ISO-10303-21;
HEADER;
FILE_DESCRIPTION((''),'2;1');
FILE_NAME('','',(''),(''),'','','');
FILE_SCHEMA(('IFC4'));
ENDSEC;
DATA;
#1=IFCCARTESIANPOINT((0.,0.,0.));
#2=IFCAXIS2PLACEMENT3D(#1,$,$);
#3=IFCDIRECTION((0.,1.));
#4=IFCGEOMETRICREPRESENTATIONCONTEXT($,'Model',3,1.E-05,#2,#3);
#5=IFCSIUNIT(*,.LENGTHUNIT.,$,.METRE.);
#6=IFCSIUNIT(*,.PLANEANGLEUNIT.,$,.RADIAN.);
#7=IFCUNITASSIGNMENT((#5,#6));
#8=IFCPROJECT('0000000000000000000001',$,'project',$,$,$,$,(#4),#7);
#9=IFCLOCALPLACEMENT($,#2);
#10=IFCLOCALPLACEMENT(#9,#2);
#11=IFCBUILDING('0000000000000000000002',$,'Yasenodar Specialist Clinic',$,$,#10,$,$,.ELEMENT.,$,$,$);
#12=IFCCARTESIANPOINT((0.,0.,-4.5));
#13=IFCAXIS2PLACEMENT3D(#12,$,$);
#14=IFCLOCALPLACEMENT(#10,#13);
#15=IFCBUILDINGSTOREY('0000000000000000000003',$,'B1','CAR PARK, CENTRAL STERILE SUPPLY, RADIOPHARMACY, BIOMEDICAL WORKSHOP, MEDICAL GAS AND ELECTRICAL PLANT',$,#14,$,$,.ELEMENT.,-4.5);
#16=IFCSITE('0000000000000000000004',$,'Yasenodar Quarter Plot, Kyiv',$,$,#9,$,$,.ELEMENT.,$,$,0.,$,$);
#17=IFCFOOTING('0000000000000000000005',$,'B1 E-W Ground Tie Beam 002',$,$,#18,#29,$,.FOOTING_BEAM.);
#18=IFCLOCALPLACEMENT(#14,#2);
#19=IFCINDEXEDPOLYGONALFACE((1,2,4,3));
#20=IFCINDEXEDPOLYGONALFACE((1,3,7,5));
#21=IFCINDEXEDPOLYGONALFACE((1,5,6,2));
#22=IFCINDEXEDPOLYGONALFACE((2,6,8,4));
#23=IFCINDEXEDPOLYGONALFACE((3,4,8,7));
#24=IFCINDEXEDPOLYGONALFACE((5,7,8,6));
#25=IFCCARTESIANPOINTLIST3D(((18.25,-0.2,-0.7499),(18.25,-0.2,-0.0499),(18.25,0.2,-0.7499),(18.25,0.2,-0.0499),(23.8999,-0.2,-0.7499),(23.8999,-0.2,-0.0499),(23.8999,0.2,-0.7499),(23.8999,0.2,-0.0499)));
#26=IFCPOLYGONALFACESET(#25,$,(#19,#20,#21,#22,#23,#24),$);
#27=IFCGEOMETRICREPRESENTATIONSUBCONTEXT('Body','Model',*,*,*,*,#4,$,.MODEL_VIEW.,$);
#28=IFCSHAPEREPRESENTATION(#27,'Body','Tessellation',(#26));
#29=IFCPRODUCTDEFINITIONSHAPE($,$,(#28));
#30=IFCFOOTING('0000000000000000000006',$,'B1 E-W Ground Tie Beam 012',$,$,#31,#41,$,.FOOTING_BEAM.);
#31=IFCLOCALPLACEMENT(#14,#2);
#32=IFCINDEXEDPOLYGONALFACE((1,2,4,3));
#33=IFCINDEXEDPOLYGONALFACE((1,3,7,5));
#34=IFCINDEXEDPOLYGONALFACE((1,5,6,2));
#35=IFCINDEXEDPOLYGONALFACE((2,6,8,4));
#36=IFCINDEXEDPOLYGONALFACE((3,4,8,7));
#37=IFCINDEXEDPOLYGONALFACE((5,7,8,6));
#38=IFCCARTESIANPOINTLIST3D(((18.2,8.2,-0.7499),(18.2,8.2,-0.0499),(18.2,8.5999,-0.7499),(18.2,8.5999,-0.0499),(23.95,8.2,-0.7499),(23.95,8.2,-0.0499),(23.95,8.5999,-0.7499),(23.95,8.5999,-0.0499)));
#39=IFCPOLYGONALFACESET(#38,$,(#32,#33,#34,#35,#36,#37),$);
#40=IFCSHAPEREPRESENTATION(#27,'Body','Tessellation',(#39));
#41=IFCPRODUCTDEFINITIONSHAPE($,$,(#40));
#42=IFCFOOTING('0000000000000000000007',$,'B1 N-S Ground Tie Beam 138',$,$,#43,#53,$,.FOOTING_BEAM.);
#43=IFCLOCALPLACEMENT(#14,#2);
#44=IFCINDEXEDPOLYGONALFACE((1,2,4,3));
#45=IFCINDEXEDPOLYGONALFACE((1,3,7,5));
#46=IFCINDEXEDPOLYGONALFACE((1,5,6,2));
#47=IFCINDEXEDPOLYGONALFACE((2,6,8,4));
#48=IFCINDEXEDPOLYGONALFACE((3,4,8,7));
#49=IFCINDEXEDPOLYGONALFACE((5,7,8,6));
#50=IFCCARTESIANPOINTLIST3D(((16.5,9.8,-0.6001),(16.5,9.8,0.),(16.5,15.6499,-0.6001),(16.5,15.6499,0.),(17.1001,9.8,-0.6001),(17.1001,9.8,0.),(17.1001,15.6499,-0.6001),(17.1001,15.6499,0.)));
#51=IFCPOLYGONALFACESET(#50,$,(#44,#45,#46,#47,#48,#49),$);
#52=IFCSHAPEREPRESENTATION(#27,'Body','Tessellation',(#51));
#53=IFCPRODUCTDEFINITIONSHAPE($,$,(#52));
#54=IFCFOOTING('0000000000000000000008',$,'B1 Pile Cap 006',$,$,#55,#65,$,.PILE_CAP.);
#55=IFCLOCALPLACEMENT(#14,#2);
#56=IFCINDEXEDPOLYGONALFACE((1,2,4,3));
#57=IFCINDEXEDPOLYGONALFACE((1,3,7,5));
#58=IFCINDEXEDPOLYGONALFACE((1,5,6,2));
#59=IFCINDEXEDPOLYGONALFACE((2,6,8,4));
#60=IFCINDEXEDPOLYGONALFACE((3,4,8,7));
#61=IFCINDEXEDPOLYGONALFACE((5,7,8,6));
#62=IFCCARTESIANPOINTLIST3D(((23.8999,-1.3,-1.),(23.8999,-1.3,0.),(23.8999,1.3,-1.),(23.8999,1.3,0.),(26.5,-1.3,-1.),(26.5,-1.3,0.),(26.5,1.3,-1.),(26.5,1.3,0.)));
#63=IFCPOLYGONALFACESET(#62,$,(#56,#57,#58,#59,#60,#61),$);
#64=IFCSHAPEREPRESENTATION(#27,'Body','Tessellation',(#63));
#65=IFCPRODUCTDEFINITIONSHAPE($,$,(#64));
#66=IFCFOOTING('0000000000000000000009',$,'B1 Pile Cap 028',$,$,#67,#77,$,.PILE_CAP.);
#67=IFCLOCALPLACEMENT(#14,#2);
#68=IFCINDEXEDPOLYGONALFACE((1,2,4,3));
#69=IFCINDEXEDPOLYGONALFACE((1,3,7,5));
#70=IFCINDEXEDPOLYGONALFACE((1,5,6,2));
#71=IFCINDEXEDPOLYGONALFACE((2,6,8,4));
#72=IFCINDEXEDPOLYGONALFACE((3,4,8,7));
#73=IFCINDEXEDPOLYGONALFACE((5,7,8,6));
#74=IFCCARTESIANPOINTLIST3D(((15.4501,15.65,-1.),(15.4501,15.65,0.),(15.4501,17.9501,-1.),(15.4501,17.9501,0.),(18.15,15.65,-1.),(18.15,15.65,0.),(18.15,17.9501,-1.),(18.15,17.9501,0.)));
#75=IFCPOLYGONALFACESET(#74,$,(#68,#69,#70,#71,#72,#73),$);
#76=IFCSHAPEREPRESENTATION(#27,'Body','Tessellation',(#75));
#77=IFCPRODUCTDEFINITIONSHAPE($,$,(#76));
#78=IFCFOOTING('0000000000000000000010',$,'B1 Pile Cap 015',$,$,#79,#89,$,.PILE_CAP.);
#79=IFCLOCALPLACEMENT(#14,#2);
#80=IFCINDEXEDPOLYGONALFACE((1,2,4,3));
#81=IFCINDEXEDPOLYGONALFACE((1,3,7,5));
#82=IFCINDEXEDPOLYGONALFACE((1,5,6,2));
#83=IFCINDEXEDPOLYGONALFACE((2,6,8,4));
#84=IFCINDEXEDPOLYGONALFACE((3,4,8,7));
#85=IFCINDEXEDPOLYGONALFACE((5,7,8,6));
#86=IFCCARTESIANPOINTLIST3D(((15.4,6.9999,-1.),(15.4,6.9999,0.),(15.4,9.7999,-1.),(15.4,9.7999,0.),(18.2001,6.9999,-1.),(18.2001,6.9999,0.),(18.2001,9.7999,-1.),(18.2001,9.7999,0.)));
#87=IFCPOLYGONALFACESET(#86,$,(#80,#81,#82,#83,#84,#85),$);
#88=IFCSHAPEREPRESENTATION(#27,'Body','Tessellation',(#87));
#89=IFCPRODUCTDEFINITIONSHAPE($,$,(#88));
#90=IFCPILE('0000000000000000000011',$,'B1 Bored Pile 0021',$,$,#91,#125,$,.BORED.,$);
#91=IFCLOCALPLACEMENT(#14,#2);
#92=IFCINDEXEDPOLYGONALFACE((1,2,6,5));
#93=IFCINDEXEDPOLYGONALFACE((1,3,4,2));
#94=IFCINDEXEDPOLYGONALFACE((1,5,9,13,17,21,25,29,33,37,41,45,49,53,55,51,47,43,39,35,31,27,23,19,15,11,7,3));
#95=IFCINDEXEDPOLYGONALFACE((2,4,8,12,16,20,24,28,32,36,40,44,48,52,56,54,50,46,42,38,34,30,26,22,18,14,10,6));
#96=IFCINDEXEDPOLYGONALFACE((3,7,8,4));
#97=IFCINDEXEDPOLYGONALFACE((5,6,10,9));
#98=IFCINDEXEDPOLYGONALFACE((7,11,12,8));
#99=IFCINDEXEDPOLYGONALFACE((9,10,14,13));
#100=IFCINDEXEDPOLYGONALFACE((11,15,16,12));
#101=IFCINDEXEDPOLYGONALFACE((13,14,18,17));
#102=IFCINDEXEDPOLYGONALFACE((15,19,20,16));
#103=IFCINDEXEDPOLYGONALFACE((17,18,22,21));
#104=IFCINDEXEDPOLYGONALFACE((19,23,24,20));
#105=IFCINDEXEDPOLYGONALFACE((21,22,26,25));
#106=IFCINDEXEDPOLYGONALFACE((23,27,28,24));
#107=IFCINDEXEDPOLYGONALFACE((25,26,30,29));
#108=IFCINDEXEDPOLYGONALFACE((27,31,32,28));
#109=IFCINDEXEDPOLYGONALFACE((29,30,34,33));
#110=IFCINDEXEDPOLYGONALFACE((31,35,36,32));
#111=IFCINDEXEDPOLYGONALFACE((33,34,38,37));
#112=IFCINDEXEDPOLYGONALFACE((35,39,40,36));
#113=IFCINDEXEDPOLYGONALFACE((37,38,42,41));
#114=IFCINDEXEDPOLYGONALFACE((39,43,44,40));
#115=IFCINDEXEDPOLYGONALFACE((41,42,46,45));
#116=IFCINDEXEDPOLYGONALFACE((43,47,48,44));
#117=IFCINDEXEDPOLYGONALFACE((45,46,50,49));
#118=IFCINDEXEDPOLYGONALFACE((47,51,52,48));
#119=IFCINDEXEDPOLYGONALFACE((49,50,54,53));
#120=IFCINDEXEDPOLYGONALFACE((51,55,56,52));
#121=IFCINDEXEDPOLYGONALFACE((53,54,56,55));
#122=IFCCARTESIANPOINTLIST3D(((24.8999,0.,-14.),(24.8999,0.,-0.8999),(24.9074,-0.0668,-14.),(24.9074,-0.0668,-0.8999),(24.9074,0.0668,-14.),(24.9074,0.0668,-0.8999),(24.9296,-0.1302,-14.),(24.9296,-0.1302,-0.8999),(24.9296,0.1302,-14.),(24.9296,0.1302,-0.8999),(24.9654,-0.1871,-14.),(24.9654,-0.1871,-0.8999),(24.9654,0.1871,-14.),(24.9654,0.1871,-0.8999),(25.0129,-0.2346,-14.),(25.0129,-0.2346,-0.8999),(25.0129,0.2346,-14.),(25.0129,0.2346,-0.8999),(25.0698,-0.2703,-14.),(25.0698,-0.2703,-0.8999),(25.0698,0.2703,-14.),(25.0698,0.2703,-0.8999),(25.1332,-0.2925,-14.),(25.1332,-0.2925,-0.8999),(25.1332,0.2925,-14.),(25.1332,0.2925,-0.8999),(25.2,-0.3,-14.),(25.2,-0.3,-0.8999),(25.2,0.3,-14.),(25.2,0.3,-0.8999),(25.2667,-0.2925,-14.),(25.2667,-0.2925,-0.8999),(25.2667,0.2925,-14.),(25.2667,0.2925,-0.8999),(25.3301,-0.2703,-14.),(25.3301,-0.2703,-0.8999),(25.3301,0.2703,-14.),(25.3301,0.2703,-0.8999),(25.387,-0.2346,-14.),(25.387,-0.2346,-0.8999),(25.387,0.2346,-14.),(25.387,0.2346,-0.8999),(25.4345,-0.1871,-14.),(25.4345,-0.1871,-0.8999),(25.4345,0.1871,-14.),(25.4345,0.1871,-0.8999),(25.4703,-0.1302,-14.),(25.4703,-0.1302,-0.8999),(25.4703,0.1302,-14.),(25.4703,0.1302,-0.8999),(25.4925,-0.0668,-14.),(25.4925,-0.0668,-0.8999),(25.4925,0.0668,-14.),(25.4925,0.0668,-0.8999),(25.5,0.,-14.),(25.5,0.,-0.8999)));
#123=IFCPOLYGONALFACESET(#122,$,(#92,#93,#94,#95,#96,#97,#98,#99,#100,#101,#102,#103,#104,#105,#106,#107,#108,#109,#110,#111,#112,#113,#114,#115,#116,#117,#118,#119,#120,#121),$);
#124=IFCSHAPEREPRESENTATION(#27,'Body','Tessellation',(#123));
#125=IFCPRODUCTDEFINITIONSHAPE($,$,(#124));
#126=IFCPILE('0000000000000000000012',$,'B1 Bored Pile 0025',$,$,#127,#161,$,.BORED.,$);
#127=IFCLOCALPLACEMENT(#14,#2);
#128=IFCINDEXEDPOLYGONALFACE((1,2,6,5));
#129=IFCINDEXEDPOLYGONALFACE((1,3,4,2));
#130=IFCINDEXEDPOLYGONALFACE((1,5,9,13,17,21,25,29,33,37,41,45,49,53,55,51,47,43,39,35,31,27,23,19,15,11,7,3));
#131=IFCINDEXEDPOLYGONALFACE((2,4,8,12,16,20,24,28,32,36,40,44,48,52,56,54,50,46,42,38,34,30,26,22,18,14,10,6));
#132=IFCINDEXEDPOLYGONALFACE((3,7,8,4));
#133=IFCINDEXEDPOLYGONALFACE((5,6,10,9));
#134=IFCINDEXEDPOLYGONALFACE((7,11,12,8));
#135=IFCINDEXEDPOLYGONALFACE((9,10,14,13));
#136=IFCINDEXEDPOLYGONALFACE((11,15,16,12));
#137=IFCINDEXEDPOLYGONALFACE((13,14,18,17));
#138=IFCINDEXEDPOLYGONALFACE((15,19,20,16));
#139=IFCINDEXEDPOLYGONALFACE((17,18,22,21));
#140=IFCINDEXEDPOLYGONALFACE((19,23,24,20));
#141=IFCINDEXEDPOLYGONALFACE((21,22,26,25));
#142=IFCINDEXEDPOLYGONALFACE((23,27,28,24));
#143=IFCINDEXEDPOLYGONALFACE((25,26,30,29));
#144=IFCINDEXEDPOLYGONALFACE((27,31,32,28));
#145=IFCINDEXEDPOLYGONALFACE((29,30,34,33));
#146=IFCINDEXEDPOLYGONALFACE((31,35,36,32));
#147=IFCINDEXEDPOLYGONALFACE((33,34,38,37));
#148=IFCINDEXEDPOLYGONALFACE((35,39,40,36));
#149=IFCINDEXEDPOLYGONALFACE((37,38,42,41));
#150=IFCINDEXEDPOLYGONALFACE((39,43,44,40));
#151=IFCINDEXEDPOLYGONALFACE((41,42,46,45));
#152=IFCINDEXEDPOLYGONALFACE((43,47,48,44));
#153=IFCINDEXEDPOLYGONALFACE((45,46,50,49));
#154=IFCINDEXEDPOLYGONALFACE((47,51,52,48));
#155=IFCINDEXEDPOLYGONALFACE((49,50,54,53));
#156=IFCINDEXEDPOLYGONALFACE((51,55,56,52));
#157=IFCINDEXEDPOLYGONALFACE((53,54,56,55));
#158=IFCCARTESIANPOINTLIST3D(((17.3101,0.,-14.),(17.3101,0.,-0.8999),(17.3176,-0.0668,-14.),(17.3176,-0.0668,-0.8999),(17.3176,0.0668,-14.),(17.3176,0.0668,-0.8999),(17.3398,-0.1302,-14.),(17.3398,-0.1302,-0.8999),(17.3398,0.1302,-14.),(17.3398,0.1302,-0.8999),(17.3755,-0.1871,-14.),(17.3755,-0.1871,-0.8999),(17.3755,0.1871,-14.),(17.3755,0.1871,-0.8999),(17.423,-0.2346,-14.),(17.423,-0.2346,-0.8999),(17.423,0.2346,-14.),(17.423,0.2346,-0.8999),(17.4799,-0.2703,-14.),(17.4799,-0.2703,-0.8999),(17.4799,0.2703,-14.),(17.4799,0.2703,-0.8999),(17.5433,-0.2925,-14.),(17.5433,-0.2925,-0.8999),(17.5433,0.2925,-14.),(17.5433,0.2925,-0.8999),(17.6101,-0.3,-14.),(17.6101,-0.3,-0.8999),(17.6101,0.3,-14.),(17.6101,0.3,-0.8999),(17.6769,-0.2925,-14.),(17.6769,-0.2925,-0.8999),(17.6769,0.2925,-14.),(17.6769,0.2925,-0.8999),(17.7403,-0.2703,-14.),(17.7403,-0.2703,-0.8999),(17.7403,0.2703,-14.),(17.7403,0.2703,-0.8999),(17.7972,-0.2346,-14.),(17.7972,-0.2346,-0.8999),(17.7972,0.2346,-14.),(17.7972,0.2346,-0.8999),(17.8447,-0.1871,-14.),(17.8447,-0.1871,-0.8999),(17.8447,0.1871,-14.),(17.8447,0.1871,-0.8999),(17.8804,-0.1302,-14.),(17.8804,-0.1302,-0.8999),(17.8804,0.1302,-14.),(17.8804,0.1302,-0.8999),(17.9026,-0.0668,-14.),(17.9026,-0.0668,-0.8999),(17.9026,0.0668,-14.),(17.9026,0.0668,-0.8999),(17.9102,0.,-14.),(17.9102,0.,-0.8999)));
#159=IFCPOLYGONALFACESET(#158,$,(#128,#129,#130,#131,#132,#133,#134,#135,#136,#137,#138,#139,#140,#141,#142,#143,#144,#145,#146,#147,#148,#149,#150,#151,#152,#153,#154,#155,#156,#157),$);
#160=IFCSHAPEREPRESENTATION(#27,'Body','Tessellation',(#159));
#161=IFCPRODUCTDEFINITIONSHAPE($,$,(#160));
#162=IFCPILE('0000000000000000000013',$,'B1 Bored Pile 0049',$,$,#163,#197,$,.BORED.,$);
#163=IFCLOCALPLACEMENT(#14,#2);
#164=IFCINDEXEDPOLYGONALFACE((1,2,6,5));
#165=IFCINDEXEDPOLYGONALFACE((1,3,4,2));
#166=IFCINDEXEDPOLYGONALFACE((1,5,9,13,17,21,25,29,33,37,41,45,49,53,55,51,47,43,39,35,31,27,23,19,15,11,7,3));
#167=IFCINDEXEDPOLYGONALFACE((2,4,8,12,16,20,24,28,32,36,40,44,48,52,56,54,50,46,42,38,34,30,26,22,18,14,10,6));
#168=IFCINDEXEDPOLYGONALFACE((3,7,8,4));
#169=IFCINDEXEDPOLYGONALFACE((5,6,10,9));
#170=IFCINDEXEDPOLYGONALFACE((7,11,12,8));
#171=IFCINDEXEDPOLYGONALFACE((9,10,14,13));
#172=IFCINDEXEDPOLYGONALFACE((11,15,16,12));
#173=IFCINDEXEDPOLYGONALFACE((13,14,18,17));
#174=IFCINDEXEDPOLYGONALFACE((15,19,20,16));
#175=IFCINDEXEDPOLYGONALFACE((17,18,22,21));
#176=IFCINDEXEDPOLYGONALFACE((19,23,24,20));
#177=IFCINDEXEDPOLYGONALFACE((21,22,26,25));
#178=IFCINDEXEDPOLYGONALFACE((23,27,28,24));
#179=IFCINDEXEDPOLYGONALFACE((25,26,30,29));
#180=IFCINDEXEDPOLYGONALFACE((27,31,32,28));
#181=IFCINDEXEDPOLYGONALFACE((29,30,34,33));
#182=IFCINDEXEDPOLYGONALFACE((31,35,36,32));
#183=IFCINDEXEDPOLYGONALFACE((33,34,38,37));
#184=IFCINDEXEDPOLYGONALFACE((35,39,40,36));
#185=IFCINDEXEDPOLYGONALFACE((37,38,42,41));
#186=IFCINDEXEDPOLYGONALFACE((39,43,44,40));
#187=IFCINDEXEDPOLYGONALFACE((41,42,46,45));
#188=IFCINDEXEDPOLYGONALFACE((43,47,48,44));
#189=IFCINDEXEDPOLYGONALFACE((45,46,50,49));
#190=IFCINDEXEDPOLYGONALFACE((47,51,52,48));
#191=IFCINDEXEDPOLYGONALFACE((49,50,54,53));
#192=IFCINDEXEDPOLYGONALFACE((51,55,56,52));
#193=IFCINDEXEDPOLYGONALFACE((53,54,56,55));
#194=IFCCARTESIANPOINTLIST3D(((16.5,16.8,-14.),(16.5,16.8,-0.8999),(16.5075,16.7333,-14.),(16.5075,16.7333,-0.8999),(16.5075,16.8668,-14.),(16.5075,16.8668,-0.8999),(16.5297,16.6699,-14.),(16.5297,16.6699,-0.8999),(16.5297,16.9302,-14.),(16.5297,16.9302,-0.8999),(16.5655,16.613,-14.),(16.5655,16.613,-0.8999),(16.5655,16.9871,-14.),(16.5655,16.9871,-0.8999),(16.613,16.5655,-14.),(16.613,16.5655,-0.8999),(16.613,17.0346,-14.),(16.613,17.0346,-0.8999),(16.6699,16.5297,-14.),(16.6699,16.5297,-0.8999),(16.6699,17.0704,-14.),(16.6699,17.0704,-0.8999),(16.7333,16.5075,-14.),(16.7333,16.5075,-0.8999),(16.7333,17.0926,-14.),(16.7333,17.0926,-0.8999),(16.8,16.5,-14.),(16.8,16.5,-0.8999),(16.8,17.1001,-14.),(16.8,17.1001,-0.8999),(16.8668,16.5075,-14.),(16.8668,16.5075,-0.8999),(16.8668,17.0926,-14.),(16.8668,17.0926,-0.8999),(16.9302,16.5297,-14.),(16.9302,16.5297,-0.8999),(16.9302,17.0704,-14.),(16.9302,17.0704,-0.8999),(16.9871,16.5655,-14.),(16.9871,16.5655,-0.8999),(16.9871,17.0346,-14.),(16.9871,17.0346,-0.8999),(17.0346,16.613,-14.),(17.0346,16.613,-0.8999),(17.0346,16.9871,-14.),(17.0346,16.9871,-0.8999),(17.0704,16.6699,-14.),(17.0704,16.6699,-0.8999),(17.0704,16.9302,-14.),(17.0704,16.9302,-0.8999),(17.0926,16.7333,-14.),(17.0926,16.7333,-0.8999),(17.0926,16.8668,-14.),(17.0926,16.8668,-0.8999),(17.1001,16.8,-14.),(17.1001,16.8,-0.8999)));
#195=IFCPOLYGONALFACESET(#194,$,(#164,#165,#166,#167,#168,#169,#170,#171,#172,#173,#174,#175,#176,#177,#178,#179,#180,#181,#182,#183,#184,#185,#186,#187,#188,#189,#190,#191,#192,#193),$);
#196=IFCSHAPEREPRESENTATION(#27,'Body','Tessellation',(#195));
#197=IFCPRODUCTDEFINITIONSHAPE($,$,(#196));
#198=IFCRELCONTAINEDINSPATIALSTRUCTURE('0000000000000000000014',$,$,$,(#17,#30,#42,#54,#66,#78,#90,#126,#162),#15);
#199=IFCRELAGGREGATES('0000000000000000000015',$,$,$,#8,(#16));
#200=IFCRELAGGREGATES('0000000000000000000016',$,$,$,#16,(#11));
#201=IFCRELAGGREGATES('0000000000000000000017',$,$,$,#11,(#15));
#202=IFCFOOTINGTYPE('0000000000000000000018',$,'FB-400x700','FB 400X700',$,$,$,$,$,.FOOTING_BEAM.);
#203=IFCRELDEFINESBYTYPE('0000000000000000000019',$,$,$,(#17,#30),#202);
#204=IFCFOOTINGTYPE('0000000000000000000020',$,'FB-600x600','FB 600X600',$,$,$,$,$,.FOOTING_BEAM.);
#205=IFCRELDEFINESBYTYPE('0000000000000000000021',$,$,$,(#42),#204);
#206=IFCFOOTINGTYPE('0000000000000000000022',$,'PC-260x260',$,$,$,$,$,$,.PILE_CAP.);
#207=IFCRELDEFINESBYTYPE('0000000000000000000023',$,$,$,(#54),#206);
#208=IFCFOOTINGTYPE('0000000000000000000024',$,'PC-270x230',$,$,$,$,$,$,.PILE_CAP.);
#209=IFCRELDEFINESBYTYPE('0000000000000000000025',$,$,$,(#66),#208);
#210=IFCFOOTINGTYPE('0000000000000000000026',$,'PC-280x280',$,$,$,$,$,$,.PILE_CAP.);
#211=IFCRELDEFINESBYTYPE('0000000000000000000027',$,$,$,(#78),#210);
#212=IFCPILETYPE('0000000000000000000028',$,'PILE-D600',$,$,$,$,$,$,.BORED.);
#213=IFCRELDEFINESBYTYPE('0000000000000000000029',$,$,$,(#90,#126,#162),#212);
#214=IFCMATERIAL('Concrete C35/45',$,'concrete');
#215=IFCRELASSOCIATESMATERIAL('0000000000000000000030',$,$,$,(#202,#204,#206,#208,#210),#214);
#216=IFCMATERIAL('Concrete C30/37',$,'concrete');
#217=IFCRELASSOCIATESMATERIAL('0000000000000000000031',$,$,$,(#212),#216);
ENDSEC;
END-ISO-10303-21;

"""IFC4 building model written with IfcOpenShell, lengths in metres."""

from ifc_helpers import new_model, si_unit, direction, frame, origin, origin_2d, place, context, subcontext, project, spatial, rectangle, circle, extrude, material, material_profile, profile_set, type_object, element, save


model = new_model("IFC4")

# Units and contexts
model_context = context("Model", 3, precision=1e-05, world=origin(), true_north=direction((0.0, 1.0)))
body_context = subcontext(model_context, "Body", "Model", "MODEL_VIEW")
ifc_project = project(units=[si_unit("LENGTHUNIT", "METRE"), si_unit("PLANEANGLEUNIT", "RADIAN")], contexts=[model_context])

# Site, building, storey
site_placement = place(None, origin())
site = spatial("IfcSite", under=ifc_project, at=site_placement, Name="Yasenodar Quarter Plot, Kyiv", CompositionType="ELEMENT", RefElevation=0.0)
building_placement = place(site_placement, origin())
building = spatial("IfcBuilding", under=site, at=building_placement, Name="Yasenodar Specialist Clinic", CompositionType="ELEMENT")
storey_placement = place(building_placement, frame((0.0, 0.0, -4.5)))
storey = spatial("IfcBuildingStorey", under=building, at=storey_placement, Name="B1", Description="CAR PARK, CENTRAL STERILE SUPPLY, RADIOPHARMACY, BIOMEDICAL WORKSHOP, MEDICAL GAS AND ELECTRICAL PLANT", CompositionType="ELEMENT", Elevation=-4.5)

# Footings
ifc_material_1 = material(Name="Concrete C35/45", Category="concrete")
ifc_material_profile_1 = material_profile(ifc_material_1, rectangle(XDim=0.3999, YDim=0.7, at=origin_2d()), Name="RC 400x700")
ifc_profile_set_1 = profile_set([ifc_material_profile_1], Name="Concrete C35/45")
footing_type_1 = type_object("IfcFootingType", Name="FB-400x700", Description="FB 400X700", PredefinedType="FOOTING_BEAM", material=ifc_profile_set_1)
footing_1_placement = place(storey_placement, frame((18.25, 0.0, -0.3999), z_axis=(1.0, 0.0, 0.0), x_axis=(0.0, 1.0, 0.0)))
element("IfcFooting", 1, at=footing_1_placement, inside=storey, type_object=footing_type_1, Name="B1 E-W Ground Tie Beam 002", PredefinedType="FOOTING_BEAM", context=body_context, shape_type="SweptSolid", body=[
    extrude(rectangle(XDim=0.3999, YDim=0.7, at=origin_2d()), origin(), (0.0, 0.0, 1.0), 5.6499),
])
footing_2_placement = place(storey_placement, frame((18.2, 8.3999, -0.3999), z_axis=(1.0, 0.0, 0.0), x_axis=(0.0, 1.0, 0.0)))
element("IfcFooting", 2, at=footing_2_placement, inside=storey, type_object=footing_type_1, Name="B1 E-W Ground Tie Beam 012", PredefinedType="FOOTING_BEAM", context=body_context, shape_type="SweptSolid", body=[
    extrude(rectangle(XDim=0.3999, YDim=0.7, at=origin_2d()), origin(), (0.0, 0.0, 1.0), 5.75),
])
ifc_material_profile_2 = material_profile(ifc_material_1, rectangle(XDim=0.6001, YDim=0.6001, at=origin_2d()), Name="RC 600x600")
ifc_profile_set_2 = profile_set([ifc_material_profile_2], Name="Concrete C35/45")
footing_type_2 = type_object("IfcFootingType", Name="FB-600x600", Description="FB 600X600", PredefinedType="FOOTING_BEAM", material=ifc_profile_set_2)
footing_3_placement = place(storey_placement, frame((16.8, 9.8, -0.3), z_axis=(0.0, 1.0, 0.0), x_axis=(-1.0, 0.0, 0.0)))
element("IfcFooting", 3, at=footing_3_placement, inside=storey, type_object=footing_type_2, Name="B1 N-S Ground Tie Beam 138", PredefinedType="FOOTING_BEAM", context=body_context, shape_type="SweptSolid", body=[
    extrude(rectangle(XDim=0.6001, YDim=0.6001, at=origin_2d()), origin(), (0.0, 0.0, 1.0), 5.8499),
])
footing_type_3 = type_object("IfcFootingType", Name="PC-260x260", PredefinedType="PILE_CAP", material=ifc_material_1)
footing_4_placement = place(storey_placement, frame((25.2, 0.0, -1.0), z_axis=(0.0, 0.0, 1.0), x_axis=(1.0, 0.0, 0.0)))
element("IfcFooting", 4, at=footing_4_placement, inside=storey, type_object=footing_type_3, Name="B1 Pile Cap 006", PredefinedType="PILE_CAP", context=body_context, shape_type="SweptSolid", body=[
    extrude(rectangle(XDim=2.6001, YDim=2.6001, at=origin_2d()), origin(), (0.0, 0.0, 1.0), 1.0),
])
footing_type_4 = type_object("IfcFootingType", Name="PC-270x230", PredefinedType="PILE_CAP", material=ifc_material_1)
footing_5_placement = place(storey_placement, frame((16.8, 16.8, -1.0), z_axis=(0.0, 0.0, 1.0), x_axis=(1.0, 0.0, 0.0)))
element("IfcFooting", 5, at=footing_5_placement, inside=storey, type_object=footing_type_4, Name="B1 Pile Cap 028", PredefinedType="PILE_CAP", context=body_context, shape_type="SweptSolid", body=[
    extrude(rectangle(XDim=2.7, YDim=2.3, at=origin_2d()), origin(), (0.0, 0.0, 1.0), 1.0),
])
footing_type_5 = type_object("IfcFootingType", Name="PC-280x280", PredefinedType="PILE_CAP", material=ifc_material_1)
footing_6_placement = place(storey_placement, frame((16.8, 8.3999, -1.0), z_axis=(0.0, 0.0, 1.0), x_axis=(1.0, 0.0, 0.0)))
element("IfcFooting", 6, at=footing_6_placement, inside=storey, type_object=footing_type_5, Name="B1 Pile Cap 015", PredefinedType="PILE_CAP", context=body_context, shape_type="SweptSolid", body=[
    extrude(rectangle(XDim=2.8, YDim=2.8, at=origin_2d()), origin(), (0.0, 0.0, 1.0), 1.0),
])

# Piles
ifc_material_2 = material(Name="Concrete C30/37", Category="concrete")
ifc_material_profile_3 = material_profile(ifc_material_2, circle(Radius=0.3, at=origin_2d()), Name="PILE D600")
ifc_profile_set_3 = profile_set([ifc_material_profile_3], Name="Concrete C30/37")
pile_type_1 = type_object("IfcPileType", Name="PILE-D600", PredefinedType="BORED", material=ifc_profile_set_3)
for number, where, z_axis, x_axis, name in (
    (7, (25.2, 0.0, -0.8999), (0.0, 0.0, -1.0), (1.0, 0.0, 0.0), "B1 Bored Pile 0021"),
    (8, (17.6101, 0.0, -0.8999), (0.0, 0.0, -1.0), (1.0, 0.0, 0.0), "B1 Bored Pile 0025"),
    (9, (16.8, 16.8, -0.8999), (0.0, 0.0, -1.0), (1.0, 0.0, 0.0), "B1 Bored Pile 0049"),
):
    element("IfcPile", number, at=place(storey_placement, frame(where, z_axis=z_axis, x_axis=x_axis)), inside=storey, type_object=pile_type_1, Name=name, PredefinedType="BORED", context=body_context, shape_type="SweptSolid", body=[
        extrude(circle(Radius=0.3, at=origin_2d()), origin(), (0.0, 0.0, 1.0), 13.1001),
    ])

save(model, "model.ifc")
